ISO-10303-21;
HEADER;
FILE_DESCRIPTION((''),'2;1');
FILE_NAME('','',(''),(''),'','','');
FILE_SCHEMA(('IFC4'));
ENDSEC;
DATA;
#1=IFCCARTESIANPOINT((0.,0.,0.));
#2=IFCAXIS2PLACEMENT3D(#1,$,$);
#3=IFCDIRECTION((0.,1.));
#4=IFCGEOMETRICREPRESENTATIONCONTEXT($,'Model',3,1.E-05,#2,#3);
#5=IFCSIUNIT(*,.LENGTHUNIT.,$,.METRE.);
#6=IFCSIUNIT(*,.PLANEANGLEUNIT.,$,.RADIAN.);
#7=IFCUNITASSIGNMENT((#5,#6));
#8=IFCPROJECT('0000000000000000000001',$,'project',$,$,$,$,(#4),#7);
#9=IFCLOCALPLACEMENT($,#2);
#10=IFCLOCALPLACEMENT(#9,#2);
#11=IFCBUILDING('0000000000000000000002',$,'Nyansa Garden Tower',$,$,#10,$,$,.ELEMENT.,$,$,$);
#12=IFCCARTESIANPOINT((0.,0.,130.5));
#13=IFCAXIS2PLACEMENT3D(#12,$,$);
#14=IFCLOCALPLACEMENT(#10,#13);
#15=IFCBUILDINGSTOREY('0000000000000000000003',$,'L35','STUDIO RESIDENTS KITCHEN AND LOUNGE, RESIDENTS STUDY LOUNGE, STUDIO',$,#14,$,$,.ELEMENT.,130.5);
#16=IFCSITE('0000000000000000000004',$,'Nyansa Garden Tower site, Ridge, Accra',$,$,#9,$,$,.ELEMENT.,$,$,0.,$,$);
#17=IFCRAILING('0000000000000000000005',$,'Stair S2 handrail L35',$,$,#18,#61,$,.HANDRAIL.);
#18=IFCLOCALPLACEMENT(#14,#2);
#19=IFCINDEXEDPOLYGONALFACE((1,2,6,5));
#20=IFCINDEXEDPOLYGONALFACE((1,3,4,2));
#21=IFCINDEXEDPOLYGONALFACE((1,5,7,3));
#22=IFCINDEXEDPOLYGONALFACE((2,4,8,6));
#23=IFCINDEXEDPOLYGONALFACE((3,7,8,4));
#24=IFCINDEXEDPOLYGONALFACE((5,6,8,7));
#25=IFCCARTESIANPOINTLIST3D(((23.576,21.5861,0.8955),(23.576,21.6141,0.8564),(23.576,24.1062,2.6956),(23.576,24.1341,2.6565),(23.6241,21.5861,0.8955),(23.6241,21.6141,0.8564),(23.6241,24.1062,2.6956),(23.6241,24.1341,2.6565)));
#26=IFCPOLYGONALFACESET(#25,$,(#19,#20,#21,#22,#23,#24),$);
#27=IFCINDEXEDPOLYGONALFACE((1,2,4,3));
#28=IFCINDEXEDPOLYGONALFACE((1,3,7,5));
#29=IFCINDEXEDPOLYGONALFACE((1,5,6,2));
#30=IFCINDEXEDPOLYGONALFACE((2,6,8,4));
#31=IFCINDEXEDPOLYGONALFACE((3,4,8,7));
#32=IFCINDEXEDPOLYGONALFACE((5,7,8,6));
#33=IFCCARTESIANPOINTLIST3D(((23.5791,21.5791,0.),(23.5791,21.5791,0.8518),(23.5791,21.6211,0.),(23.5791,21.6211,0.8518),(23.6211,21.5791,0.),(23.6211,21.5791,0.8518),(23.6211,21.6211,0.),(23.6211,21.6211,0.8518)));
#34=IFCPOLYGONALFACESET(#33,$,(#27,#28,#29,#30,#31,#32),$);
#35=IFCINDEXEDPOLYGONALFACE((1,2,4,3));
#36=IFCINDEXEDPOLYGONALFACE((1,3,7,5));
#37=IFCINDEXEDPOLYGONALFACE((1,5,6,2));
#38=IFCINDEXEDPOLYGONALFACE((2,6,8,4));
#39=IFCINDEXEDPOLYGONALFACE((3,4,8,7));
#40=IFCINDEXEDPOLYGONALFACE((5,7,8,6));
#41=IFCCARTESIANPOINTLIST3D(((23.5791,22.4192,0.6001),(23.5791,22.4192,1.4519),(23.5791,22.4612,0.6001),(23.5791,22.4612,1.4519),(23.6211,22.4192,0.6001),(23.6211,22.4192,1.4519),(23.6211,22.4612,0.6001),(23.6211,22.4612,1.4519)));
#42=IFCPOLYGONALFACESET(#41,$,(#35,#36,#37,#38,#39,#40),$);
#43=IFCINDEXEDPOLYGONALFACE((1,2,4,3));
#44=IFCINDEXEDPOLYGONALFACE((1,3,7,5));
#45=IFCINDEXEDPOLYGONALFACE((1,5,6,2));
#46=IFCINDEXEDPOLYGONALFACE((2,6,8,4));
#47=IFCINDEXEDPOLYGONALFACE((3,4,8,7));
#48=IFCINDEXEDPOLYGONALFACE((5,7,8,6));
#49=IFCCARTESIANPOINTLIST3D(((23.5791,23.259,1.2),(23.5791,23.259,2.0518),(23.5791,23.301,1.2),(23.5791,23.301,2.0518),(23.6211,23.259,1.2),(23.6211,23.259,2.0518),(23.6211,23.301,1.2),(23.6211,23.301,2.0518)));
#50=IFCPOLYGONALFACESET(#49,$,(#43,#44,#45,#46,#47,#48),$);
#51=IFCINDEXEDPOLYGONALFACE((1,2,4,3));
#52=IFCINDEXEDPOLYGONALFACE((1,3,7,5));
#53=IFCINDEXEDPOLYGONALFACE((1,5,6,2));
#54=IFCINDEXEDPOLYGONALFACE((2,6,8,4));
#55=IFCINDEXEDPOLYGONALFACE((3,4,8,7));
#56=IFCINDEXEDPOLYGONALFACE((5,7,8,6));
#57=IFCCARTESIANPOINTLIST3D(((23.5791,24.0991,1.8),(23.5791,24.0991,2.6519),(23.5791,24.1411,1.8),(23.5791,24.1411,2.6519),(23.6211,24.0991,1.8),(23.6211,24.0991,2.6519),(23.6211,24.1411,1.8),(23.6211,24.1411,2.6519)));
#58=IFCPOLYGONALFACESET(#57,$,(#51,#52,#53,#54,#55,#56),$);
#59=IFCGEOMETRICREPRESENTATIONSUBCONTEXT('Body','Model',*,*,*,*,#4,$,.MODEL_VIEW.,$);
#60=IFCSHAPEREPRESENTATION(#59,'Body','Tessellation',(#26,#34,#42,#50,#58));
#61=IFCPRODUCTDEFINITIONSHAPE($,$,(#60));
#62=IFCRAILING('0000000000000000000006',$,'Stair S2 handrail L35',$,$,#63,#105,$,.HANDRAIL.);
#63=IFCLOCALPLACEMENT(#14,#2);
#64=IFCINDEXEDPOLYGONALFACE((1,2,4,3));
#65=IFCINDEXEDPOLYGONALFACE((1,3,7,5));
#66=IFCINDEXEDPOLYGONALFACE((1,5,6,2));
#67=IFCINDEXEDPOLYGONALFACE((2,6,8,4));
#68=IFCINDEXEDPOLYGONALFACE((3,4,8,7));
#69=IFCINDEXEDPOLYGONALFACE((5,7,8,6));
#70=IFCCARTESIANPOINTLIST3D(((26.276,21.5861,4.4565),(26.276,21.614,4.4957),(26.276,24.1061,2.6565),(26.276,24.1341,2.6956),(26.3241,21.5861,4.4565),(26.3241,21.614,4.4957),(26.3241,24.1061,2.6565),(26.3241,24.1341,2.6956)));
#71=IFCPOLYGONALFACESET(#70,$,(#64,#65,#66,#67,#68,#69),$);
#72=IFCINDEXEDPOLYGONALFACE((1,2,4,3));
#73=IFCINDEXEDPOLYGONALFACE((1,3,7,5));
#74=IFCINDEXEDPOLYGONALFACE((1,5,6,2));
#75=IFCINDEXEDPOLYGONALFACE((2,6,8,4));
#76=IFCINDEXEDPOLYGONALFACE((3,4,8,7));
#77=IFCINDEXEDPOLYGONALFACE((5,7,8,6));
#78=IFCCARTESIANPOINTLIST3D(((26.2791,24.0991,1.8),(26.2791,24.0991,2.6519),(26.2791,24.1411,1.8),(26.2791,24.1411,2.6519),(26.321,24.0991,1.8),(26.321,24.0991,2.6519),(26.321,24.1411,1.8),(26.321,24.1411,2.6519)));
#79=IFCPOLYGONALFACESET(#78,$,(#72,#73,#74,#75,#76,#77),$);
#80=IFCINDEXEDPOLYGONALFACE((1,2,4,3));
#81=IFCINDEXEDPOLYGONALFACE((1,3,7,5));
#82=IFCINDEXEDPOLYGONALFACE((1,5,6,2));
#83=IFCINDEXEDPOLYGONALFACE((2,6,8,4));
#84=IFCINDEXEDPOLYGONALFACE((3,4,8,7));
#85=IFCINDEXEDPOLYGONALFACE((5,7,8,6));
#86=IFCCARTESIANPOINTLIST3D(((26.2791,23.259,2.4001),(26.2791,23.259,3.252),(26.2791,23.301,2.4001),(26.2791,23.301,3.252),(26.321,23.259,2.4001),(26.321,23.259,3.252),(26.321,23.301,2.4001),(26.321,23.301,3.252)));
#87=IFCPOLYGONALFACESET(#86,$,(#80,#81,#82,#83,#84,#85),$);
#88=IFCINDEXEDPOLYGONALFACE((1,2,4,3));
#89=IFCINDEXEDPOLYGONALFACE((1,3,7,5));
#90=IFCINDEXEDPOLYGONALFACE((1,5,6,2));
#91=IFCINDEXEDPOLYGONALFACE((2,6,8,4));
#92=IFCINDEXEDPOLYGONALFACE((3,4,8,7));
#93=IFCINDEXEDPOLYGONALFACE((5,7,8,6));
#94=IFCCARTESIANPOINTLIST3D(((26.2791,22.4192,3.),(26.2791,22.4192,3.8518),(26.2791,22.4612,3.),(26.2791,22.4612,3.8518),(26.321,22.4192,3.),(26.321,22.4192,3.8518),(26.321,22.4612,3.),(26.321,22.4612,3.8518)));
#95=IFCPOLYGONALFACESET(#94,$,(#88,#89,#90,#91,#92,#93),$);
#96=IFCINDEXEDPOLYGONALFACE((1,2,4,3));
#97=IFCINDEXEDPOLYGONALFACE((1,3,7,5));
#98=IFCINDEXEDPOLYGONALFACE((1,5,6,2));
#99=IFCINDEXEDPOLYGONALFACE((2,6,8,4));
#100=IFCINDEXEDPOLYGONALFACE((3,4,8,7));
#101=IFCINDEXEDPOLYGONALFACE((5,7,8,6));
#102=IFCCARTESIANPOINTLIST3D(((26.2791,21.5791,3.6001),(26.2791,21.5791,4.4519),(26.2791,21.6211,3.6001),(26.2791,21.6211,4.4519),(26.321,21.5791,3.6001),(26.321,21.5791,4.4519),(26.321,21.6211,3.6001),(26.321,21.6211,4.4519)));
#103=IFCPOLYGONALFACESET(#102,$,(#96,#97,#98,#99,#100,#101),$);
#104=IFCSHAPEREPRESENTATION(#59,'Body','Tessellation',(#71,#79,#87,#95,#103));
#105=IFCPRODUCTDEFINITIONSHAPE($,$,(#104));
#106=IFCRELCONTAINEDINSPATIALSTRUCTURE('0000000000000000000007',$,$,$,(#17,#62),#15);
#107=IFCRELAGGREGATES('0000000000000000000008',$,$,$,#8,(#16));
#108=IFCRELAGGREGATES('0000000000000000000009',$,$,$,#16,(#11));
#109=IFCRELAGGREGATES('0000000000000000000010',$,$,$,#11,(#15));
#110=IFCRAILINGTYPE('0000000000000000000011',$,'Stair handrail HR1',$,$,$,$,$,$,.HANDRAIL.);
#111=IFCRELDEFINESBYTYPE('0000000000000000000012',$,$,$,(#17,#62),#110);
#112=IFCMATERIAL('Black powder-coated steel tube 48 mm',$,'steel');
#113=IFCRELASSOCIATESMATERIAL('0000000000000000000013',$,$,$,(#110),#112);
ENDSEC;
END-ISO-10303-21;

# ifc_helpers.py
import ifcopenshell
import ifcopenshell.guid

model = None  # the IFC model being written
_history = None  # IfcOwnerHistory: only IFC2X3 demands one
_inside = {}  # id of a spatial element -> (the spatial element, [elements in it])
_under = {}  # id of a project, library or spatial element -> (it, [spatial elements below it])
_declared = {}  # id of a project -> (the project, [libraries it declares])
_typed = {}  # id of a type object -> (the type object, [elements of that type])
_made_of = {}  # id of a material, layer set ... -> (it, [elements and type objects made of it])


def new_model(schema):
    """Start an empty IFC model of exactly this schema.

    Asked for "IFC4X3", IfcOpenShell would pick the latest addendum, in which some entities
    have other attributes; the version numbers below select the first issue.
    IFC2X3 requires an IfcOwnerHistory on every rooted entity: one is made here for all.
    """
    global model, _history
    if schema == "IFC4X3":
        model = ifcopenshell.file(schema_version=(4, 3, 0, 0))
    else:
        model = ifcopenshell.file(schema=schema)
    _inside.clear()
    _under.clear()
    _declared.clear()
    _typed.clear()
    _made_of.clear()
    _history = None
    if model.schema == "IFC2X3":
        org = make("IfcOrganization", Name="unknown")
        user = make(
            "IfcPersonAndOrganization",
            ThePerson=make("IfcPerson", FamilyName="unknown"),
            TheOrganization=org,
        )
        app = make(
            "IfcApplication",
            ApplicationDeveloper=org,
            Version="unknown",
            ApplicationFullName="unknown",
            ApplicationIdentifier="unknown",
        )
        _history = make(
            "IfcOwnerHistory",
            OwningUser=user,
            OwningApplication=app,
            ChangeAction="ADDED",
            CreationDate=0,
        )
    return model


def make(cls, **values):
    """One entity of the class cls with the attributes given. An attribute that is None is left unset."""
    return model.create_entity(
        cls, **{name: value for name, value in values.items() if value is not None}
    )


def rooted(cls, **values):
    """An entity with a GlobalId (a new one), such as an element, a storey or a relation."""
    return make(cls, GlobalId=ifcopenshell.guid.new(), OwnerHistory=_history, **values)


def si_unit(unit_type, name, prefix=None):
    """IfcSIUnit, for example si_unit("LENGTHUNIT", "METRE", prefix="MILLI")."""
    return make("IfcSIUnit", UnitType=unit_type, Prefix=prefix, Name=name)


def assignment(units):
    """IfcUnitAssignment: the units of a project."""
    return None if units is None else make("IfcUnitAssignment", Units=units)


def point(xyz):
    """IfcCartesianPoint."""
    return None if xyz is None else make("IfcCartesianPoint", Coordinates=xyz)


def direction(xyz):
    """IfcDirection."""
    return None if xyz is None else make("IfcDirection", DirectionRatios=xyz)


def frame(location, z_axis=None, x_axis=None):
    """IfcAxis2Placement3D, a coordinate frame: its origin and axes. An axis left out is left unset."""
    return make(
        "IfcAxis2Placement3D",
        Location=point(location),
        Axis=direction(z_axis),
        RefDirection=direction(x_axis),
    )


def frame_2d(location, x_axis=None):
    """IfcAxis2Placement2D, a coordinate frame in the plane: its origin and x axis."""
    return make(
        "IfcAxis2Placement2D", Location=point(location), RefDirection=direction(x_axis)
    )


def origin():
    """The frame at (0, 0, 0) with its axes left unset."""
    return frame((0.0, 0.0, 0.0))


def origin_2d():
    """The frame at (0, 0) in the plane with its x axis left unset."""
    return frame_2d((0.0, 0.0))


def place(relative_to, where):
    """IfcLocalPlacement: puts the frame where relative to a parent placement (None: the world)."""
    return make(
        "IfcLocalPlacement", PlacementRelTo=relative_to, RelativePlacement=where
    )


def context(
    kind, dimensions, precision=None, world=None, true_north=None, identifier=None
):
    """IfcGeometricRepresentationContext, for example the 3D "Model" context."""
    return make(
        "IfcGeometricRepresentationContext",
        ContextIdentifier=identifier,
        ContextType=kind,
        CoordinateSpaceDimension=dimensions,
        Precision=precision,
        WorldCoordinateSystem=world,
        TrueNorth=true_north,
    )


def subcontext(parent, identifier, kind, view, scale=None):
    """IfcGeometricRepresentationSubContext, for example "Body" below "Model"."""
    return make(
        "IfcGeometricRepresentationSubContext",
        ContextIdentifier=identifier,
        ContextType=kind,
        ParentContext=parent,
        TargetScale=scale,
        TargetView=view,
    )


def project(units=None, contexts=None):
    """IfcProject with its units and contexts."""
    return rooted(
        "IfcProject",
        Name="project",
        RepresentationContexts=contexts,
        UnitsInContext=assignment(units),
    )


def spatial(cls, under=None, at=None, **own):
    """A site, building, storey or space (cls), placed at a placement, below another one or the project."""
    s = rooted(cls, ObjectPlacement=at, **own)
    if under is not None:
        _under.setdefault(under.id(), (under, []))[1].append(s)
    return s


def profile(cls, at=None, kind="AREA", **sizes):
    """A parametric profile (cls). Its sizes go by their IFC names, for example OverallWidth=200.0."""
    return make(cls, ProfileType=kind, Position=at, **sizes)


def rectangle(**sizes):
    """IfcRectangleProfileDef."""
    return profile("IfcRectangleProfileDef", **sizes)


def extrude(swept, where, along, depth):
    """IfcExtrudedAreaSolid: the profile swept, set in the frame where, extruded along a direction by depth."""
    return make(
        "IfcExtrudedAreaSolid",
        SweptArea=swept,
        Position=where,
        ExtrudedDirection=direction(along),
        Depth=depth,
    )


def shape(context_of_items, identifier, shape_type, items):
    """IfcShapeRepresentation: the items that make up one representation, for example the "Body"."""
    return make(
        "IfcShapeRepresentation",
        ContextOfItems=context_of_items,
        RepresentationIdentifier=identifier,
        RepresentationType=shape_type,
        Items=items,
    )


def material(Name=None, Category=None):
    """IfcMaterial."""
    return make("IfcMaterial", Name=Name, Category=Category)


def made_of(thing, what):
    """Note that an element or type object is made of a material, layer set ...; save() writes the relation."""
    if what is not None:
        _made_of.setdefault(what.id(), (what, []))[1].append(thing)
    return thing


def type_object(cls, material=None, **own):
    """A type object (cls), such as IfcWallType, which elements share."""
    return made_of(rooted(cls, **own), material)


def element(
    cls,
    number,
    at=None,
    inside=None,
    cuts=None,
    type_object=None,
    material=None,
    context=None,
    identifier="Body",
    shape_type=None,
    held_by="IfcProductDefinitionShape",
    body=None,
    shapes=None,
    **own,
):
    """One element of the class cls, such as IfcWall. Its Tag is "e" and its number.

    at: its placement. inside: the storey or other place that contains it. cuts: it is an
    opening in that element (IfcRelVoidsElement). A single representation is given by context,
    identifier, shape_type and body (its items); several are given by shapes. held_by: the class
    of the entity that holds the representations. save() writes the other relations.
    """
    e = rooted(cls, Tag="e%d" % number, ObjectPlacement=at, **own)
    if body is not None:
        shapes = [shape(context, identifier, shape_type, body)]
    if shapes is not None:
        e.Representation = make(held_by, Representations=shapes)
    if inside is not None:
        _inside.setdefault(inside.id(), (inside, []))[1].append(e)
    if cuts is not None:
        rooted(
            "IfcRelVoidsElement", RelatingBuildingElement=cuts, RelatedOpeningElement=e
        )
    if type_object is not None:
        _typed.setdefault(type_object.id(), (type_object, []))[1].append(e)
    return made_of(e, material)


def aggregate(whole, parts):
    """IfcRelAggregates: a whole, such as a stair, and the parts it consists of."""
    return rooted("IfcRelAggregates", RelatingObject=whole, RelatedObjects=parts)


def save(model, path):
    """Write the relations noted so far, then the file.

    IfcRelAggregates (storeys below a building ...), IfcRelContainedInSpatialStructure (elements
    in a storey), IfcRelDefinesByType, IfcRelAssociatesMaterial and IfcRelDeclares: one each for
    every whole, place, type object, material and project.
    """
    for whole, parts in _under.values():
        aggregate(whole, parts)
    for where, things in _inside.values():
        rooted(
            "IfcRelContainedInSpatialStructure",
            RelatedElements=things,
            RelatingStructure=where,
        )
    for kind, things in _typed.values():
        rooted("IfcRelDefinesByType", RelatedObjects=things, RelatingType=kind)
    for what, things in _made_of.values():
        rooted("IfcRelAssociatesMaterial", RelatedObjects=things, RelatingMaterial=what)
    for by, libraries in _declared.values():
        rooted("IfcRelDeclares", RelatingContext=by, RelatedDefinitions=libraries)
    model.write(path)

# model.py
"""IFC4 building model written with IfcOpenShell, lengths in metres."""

from ifc_helpers import new_model, si_unit, direction, frame, origin, origin_2d, place, context, subcontext, project, spatial, rectangle, extrude, material, type_object, element, save


model = new_model("IFC4")

# Units and contexts
model_context = context("Model", 3, precision=1e-05, world=origin(), true_north=direction((0.0, 1.0)))
body_context = subcontext(model_context, "Body", "Model", "MODEL_VIEW")
ifc_project = project(units=[si_unit("LENGTHUNIT", "METRE"), si_unit("PLANEANGLEUNIT", "RADIAN")], contexts=[model_context])

# Site, building, storey
site_placement = place(None, origin())
site = spatial("IfcSite", under=ifc_project, at=site_placement, Name="Nyansa Garden Tower site, Ridge, Accra", CompositionType="ELEMENT", RefElevation=0.0)
building_placement = place(site_placement, origin())
building = spatial("IfcBuilding", under=site, at=building_placement, Name="Nyansa Garden Tower", CompositionType="ELEMENT")
storey_placement = place(building_placement, frame((0.0, 0.0, 130.5)))
storey = spatial("IfcBuildingStorey", under=building, at=storey_placement, Name="L35", Description="STUDIO RESIDENTS KITCHEN AND LOUNGE, RESIDENTS STUDY LOUNGE, STUDIO", CompositionType="ELEMENT", Elevation=130.5)

# Railings
ifc_material_1 = material(Name="Black powder-coated steel tube 48 mm", Category="steel")
railing_type = type_object("IfcRailingType", Name="Stair handrail HR1", PredefinedType="HANDRAIL", material=ifc_material_1)
railing_1_placement = place(storey_placement, frame((23.6001, 21.6001, 0.0)))
element("IfcRailing", 1, at=railing_1_placement, inside=storey, type_object=railing_type, Name="Stair S2 handrail L35", PredefinedType="HANDRAIL", context=body_context, shape_type="SweptSolid", body=[
    extrude(rectangle(XDim=0.0481, YDim=0.0481, at=origin_2d()), frame((0.0, 0.0, 0.876), z_axis=(0.0, 0.813728, 0.581246), x_axis=(-1.0, 0.0, 0.0)), (0.0, 0.0, 1.0), 3.0969),
    extrude(rectangle(XDim=0.042, YDim=0.042, at=origin_2d()), origin(), (0.0, 0.0, 1.0), 0.8518),
    extrude(rectangle(XDim=0.042, YDim=0.042, at=origin_2d()), frame((0.0, 0.8401, 0.6001)), (0.0, 0.0, 1.0), 0.8518),
    extrude(rectangle(XDim=0.042, YDim=0.042, at=origin_2d()), frame((0.0, 1.6799, 1.2)), (0.0, 0.0, 1.0), 0.8518),
    extrude(rectangle(XDim=0.042, YDim=0.042, at=origin_2d()), frame((0.0, 2.52, 1.8)), (0.0, 0.0, 1.0), 0.8518),
])
railing_2_placement = place(storey_placement, frame((26.3, 24.1201, 1.8)))
element("IfcRailing", 2, at=railing_2_placement, inside=storey, type_object=railing_type, Name="Stair S2 handrail L35", PredefinedType="HANDRAIL", context=body_context, shape_type="SweptSolid", body=[
    extrude(rectangle(XDim=0.0481, YDim=0.0481, at=origin_2d()), frame((0.0, 0.0, 0.876), z_axis=(0.0, -0.813728, 0.581246), x_axis=(1.0, 0.0, 0.0)), (0.0, 0.0, 1.0), 3.0969),
    extrude(rectangle(XDim=0.042, YDim=0.042, at=origin_2d()), origin(), (0.0, 0.0, 1.0), 0.8518),
    extrude(rectangle(XDim=0.042, YDim=0.042, at=origin_2d()), frame((0.0, -0.8401, 0.6001)), (0.0, 0.0, 1.0), 0.8518),
    extrude(rectangle(XDim=0.042, YDim=0.042, at=origin_2d()), frame((0.0, -1.6799, 1.2)), (0.0, 0.0, 1.0), 0.8518),
    extrude(rectangle(XDim=0.042, YDim=0.042, at=origin_2d()), frame((0.0, -2.52, 1.8)), (0.0, 0.0, 1.0), 0.8518),
])

save(model, "model.ifc")
